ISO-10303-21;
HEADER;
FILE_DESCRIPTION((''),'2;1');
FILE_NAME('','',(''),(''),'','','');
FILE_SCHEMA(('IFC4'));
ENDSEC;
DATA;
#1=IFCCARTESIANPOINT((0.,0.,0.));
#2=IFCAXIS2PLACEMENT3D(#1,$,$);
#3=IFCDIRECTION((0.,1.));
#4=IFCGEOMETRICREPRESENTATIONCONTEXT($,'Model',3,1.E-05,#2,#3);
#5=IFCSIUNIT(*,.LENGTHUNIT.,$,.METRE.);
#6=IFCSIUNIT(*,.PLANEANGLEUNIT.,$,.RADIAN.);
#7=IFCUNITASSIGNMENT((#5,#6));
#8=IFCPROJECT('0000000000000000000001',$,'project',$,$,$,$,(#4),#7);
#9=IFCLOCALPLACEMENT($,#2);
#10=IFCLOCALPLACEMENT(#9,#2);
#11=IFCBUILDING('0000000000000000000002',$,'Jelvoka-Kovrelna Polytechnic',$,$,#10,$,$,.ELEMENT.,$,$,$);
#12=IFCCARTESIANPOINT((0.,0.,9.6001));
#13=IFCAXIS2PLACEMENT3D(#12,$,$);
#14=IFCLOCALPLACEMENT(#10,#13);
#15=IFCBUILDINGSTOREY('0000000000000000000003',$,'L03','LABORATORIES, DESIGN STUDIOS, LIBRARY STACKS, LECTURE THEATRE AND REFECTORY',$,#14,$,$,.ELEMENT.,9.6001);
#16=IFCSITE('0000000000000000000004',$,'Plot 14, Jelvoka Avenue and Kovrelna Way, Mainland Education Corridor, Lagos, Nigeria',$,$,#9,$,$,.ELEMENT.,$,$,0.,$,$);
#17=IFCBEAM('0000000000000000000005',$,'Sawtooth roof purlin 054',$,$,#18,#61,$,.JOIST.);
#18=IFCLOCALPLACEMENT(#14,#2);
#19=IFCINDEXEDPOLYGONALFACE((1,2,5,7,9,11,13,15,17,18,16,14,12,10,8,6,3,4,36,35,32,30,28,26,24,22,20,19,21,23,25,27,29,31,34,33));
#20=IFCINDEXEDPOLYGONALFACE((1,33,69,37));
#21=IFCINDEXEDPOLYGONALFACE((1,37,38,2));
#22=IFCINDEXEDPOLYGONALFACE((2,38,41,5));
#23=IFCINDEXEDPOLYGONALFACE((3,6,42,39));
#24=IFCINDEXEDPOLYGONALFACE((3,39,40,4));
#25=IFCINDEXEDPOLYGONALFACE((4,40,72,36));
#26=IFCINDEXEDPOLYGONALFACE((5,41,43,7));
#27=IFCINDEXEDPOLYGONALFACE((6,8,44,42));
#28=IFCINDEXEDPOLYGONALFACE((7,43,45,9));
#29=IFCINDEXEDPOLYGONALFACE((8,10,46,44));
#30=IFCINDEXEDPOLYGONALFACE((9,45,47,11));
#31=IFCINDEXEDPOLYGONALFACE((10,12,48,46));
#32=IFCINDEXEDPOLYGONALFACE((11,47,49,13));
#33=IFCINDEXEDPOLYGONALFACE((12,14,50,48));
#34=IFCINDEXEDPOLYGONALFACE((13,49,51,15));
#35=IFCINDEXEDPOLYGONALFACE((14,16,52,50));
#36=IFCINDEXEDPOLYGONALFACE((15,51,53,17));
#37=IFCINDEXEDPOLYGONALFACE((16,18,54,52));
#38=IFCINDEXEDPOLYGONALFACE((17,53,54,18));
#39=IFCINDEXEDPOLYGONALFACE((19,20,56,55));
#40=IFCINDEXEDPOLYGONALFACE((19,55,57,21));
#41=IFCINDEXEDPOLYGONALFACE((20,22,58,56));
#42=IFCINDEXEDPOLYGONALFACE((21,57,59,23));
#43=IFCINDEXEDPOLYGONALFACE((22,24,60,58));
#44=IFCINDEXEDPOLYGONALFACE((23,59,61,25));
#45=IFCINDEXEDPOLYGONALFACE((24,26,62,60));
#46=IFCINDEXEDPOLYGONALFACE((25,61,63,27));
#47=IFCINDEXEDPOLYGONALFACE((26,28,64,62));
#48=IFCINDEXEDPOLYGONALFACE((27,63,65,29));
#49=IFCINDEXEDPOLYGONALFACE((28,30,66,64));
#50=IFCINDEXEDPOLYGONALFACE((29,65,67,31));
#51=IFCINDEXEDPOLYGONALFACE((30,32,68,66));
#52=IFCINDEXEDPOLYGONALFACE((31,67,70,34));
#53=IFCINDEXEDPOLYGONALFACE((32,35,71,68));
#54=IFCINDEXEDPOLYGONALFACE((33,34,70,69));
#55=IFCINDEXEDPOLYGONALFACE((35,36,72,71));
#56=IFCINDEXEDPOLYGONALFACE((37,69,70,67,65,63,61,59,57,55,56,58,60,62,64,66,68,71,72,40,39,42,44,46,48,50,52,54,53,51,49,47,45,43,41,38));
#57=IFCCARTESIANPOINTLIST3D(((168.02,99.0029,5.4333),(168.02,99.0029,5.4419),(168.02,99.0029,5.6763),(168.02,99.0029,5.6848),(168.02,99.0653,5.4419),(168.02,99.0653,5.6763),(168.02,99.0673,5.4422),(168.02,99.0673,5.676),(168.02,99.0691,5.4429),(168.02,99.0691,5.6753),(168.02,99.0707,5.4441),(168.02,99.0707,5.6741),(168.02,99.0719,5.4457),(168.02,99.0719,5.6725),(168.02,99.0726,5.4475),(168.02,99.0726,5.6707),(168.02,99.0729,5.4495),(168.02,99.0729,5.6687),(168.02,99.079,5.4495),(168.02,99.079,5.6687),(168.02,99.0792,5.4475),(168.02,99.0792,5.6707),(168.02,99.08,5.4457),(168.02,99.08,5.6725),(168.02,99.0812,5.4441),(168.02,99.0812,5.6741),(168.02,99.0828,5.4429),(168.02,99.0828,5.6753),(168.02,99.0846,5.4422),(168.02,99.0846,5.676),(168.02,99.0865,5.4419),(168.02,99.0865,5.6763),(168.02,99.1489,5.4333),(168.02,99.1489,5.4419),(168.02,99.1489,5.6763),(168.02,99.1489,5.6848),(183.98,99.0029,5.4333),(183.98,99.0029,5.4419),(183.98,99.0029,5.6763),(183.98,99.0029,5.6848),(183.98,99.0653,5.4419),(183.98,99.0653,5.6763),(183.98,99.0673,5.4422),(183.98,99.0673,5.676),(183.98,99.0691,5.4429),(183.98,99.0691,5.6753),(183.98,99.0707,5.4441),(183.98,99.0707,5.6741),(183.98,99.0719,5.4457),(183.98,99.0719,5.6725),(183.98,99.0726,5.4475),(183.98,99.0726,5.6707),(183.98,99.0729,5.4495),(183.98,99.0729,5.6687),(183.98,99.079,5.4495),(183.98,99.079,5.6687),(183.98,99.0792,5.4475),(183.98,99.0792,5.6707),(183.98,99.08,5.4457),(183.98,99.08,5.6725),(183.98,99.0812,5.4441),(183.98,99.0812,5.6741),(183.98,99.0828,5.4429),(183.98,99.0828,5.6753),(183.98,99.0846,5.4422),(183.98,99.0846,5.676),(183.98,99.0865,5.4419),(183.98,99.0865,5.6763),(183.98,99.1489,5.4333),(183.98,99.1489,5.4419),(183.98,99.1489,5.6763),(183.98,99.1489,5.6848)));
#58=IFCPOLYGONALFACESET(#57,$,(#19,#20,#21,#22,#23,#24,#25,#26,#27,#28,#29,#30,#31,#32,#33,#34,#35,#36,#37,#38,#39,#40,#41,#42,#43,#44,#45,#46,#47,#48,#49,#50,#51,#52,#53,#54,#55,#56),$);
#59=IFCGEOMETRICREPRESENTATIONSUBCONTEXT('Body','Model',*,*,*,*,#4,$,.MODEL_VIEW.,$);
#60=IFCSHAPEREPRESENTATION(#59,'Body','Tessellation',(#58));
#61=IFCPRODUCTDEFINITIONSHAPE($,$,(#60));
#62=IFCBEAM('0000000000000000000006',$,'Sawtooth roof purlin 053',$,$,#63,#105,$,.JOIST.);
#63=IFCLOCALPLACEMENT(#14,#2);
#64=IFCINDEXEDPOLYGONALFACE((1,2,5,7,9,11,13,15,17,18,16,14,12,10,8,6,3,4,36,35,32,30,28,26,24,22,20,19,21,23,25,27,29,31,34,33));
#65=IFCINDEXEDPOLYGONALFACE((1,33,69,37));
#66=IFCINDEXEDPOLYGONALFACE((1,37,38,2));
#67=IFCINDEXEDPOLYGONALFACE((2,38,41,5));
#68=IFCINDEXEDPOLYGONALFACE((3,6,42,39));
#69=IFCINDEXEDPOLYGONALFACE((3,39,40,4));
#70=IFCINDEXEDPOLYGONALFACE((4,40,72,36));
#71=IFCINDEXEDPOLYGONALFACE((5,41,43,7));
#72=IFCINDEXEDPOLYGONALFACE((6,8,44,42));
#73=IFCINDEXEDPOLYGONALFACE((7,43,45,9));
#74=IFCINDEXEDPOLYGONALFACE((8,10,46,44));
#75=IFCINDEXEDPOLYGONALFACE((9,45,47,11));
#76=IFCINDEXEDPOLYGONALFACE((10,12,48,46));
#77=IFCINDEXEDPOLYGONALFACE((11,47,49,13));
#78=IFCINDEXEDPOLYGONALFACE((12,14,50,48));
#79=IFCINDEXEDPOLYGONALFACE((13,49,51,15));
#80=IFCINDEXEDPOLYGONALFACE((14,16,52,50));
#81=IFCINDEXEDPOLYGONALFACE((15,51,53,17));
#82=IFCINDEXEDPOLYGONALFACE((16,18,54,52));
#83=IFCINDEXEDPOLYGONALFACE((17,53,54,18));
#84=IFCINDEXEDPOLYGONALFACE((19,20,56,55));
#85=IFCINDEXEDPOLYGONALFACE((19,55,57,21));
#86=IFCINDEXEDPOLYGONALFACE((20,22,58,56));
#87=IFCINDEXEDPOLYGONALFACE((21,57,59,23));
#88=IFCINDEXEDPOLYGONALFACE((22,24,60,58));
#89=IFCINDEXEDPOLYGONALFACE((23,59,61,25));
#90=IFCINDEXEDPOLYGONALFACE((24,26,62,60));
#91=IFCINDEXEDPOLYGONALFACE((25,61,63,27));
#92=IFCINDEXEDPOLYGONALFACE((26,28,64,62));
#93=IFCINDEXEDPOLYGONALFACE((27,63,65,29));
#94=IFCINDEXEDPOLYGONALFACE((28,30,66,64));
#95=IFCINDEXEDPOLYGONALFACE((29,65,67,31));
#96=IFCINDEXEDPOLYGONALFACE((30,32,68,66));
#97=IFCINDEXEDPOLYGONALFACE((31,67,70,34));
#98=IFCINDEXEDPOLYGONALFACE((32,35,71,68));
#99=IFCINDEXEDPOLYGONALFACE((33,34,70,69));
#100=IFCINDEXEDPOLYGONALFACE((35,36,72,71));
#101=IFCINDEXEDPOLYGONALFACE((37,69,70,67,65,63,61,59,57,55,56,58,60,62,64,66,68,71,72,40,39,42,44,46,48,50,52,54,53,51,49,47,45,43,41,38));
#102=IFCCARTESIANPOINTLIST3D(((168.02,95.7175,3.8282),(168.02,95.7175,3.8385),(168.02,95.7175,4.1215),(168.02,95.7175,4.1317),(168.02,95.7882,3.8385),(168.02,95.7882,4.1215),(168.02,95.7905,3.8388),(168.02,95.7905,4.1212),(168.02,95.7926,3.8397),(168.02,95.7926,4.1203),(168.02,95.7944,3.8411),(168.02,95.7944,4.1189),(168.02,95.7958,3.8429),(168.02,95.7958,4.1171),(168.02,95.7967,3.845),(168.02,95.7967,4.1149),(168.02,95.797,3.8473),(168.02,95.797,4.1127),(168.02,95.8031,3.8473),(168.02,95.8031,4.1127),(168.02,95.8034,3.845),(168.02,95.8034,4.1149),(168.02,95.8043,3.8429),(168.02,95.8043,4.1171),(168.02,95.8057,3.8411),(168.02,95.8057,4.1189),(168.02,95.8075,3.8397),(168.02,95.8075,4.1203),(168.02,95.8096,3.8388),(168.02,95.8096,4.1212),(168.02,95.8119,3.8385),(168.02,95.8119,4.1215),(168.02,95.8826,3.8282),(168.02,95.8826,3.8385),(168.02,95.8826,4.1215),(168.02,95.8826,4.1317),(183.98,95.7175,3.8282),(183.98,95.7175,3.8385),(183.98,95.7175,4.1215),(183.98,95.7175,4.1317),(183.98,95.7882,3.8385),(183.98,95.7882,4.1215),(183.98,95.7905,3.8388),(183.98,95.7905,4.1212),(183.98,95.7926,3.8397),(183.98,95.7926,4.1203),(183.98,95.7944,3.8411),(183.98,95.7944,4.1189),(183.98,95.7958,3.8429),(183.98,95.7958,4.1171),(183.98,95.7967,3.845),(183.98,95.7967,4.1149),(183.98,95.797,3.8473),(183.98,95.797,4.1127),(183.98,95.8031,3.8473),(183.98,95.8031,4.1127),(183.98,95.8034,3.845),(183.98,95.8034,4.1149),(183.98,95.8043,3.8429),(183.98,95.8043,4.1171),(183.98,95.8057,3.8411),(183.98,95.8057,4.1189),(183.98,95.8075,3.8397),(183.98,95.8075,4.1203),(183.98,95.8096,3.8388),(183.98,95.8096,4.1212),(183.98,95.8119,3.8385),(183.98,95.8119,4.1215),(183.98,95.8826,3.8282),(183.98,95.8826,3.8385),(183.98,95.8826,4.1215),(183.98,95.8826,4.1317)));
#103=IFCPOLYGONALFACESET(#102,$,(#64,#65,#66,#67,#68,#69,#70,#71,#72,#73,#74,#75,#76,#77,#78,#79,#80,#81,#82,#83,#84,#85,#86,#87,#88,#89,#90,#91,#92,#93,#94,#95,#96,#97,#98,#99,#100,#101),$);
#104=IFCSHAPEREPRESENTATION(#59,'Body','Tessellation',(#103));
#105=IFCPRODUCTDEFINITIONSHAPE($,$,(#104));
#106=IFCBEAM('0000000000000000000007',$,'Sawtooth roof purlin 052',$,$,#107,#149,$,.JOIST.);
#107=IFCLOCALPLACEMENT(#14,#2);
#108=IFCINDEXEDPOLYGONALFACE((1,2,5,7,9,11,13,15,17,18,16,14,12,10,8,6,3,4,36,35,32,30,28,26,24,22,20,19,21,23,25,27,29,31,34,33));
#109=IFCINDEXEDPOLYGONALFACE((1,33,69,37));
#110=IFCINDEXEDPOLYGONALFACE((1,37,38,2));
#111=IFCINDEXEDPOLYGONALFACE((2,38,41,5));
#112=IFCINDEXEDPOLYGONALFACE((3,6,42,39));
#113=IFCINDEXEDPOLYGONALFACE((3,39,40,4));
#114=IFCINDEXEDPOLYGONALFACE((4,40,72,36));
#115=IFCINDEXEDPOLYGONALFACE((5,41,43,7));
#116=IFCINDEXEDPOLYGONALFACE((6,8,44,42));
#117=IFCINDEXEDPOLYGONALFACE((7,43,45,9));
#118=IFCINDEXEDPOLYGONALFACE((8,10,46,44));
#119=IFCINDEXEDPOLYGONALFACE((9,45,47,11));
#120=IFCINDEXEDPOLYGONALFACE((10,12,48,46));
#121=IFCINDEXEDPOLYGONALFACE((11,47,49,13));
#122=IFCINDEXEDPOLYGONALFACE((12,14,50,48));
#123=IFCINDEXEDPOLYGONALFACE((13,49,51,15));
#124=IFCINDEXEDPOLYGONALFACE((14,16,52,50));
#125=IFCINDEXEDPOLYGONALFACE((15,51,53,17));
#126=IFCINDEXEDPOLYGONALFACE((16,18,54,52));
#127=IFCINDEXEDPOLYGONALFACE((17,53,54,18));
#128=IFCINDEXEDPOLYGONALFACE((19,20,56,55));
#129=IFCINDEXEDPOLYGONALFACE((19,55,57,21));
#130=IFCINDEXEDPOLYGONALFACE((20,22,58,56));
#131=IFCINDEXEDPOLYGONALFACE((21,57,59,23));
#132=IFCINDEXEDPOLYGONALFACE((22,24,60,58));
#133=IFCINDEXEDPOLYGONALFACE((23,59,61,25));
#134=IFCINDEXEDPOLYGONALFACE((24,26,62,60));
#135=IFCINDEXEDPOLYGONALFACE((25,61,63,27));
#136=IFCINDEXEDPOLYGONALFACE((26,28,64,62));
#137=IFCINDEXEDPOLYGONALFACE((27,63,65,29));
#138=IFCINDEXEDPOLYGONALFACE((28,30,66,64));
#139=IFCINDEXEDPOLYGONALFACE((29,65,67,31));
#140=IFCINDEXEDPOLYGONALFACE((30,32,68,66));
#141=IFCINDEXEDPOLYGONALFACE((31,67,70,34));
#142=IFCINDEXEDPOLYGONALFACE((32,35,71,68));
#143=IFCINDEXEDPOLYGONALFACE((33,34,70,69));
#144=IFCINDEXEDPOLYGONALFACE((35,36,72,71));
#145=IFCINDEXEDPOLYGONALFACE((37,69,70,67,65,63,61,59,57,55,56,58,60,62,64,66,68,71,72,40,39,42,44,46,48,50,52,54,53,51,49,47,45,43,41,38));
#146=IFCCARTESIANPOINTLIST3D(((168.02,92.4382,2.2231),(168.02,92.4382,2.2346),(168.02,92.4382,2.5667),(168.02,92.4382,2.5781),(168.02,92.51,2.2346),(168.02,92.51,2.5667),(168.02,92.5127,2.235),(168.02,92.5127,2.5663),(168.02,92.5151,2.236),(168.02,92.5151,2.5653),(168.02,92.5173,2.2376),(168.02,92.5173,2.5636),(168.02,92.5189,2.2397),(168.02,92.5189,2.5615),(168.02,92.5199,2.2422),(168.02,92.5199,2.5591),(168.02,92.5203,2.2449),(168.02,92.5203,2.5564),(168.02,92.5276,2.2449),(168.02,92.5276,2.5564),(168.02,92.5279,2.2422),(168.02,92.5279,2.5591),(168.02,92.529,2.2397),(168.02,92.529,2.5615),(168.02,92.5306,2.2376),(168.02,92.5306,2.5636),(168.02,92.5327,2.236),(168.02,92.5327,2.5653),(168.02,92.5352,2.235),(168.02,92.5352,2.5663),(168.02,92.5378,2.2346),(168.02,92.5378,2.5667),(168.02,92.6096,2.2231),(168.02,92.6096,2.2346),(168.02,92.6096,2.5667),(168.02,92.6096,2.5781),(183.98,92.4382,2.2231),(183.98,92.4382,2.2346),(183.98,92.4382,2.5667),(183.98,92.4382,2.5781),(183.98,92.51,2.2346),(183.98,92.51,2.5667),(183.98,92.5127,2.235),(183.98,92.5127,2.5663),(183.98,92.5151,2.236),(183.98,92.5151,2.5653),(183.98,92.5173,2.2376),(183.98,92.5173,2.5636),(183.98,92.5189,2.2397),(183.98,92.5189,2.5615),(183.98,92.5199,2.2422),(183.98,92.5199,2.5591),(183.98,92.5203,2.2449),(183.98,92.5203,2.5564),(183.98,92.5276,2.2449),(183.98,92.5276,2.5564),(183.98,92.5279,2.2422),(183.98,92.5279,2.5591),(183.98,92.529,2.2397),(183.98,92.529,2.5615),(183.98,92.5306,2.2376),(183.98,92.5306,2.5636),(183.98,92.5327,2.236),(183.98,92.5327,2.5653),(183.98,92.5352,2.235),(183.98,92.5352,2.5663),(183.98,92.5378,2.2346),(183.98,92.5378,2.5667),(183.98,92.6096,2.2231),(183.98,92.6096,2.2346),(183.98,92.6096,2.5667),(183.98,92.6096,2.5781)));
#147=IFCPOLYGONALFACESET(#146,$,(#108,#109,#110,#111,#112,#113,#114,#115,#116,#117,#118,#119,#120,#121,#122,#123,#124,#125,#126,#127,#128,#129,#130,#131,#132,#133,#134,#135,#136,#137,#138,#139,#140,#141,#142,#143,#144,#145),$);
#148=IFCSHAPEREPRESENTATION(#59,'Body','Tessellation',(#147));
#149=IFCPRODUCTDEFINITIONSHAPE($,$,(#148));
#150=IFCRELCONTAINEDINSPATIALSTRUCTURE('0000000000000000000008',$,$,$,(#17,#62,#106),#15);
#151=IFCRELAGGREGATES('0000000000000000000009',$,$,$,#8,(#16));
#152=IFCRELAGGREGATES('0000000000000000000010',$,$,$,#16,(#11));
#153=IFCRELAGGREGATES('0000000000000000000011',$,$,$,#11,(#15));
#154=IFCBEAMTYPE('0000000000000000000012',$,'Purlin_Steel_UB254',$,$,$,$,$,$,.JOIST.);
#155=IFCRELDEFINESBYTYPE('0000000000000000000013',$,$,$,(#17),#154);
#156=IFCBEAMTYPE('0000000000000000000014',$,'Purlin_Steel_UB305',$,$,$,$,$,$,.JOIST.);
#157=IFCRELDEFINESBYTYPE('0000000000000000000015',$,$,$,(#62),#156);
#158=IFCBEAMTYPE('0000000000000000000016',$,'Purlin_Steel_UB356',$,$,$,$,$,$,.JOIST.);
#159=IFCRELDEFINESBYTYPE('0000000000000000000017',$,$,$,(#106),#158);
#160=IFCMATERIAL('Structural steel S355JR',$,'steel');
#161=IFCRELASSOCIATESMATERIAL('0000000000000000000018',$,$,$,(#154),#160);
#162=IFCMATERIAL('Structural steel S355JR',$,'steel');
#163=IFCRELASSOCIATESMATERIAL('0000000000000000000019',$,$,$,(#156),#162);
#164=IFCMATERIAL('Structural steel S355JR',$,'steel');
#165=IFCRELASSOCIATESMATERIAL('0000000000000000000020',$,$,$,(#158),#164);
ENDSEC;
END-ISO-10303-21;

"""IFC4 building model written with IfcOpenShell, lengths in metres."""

from ifc_helpers import new_model, si_unit, direction, frame, origin, origin_2d, place, context, subcontext, project, spatial, i_section, extrude, material, material_profile, profile_set, type_object, element, save


model = new_model("IFC4")

# Units and contexts
model_context = context("Model", 3, precision=1e-05, world=origin(), true_north=direction((0.0, 1.0)))
body_context = subcontext(model_context, "Body", "Model", "MODEL_VIEW")
ifc_project = project(units=[si_unit("LENGTHUNIT", "METRE"), si_unit("PLANEANGLEUNIT", "RADIAN")], contexts=[model_context])

# Site, building, storey
site_placement = place(None, origin())
site = spatial("IfcSite", under=ifc_project, at=site_placement, Name="Plot 14, Jelvoka Avenue and Kovrelna Way, Mainland Education Corridor, Lagos, Nigeria", CompositionType="ELEMENT", RefElevation=0.0)
building_placement = place(site_placement, origin())
building = spatial("IfcBuilding", under=site, at=building_placement, Name="Jelvoka-Kovrelna Polytechnic", CompositionType="ELEMENT")
storey_placement = place(building_placement, frame((0.0, 0.0, 9.6001)))
storey = spatial("IfcBuildingStorey", under=building, at=storey_placement, Name="L03", Description="LABORATORIES, DESIGN STUDIOS, LIBRARY STACKS, LECTURE THEATRE AND REFECTORY", CompositionType="ELEMENT", Elevation=9.6001)

# Beams
ifc_material_1 = material(Name="Structural steel S355JR", Category="steel")
ifc_material_profile_1 = material_profile(ifc_material_1, i_section(OverallWidth=0.146, OverallDepth=0.2515, WebThickness=0.0061, FlangeThickness=0.0085, FilletRadius=0.0076, at=origin_2d()), Name="254x146x31 UB")
ifc_profile_set_1 = profile_set([ifc_material_profile_1], Name="Structural steel S355JR")
beam_type_1 = type_object("IfcBeamType", Name="Purlin_Steel_UB254", PredefinedType="JOIST", material=ifc_profile_set_1)
beam_1_placement = place(storey_placement, frame((168.02, 99.0759, 5.5591), z_axis=(1.0, 0.0, 0.0), x_axis=(0.0, 1.0, 0.0)))
element("IfcBeam", 1, at=beam_1_placement, inside=storey, type_object=beam_type_1, Name="Sawtooth roof purlin 054", PredefinedType="JOIST", context=body_context, shape_type="SweptSolid", body=[
    extrude(i_section(OverallWidth=0.146, OverallDepth=0.2515, WebThickness=0.0061, FlangeThickness=0.0085, FilletRadius=0.0076, at=origin_2d()), origin(), (0.0, 0.0, 1.0), 15.96),
])
ifc_material_2 = material(Name="Structural steel S355JR", Category="steel")
ifc_material_profile_2 = material_profile(ifc_material_2, i_section(OverallWidth=0.165, OverallDepth=0.3035, WebThickness=0.0061, FlangeThickness=0.0103, FilletRadius=0.0088, at=origin_2d()), Name="305x165x40 UB")
ifc_profile_set_2 = profile_set([ifc_material_profile_2], Name="Structural steel S355JR")
beam_type_2 = type_object("IfcBeamType", Name="Purlin_Steel_UB305", PredefinedType="JOIST", material=ifc_profile_set_2)
beam_2_placement = place(storey_placement, frame((168.02, 95.8, 3.98), z_axis=(1.0, 0.0, 0.0), x_axis=(0.0, 1.0, 0.0)))
element("IfcBeam", 2, at=beam_2_placement, inside=storey, type_object=beam_type_2, Name="Sawtooth roof purlin 053", PredefinedType="JOIST", context=body_context, shape_type="SweptSolid", body=[
    extrude(i_section(OverallWidth=0.165, OverallDepth=0.3035, WebThickness=0.0061, FlangeThickness=0.0103, FilletRadius=0.0088, at=origin_2d()), origin(), (0.0, 0.0, 1.0), 15.96),
])
ifc_material_3 = material(Name="Structural steel S355JR", Category="steel")
ifc_material_profile_3 = material_profile(ifc_material_3, i_section(OverallWidth=0.1714, OverallDepth=0.355, WebThickness=0.0073, FlangeThickness=0.0115, FilletRadius=0.0103, at=origin_2d()), Name="356x171x51 UB")
ifc_profile_set_3 = profile_set([ifc_material_profile_3], Name="Structural steel S355JR")
beam_type_3 = type_object("IfcBeamType", Name="Purlin_Steel_UB356", PredefinedType="JOIST", material=ifc_profile_set_3)
beam_3_placement = place(storey_placement, frame((168.02, 92.5239, 2.4006), z_axis=(1.0, 0.0, 0.0), x_axis=(0.0, 1.0, 0.0)))
element("IfcBeam", 3, at=beam_3_placement, inside=storey, type_object=beam_type_3, Name="Sawtooth roof purlin 052", PredefinedType="JOIST", context=body_context, shape_type="SweptSolid", body=[
    extrude(i_section(OverallWidth=0.1714, OverallDepth=0.355, WebThickness=0.0073, FlangeThickness=0.0115, FilletRadius=0.0103, at=origin_2d()), origin(), (0.0, 0.0, 1.0), 15.96),
])

save(model, "model.ifc")
